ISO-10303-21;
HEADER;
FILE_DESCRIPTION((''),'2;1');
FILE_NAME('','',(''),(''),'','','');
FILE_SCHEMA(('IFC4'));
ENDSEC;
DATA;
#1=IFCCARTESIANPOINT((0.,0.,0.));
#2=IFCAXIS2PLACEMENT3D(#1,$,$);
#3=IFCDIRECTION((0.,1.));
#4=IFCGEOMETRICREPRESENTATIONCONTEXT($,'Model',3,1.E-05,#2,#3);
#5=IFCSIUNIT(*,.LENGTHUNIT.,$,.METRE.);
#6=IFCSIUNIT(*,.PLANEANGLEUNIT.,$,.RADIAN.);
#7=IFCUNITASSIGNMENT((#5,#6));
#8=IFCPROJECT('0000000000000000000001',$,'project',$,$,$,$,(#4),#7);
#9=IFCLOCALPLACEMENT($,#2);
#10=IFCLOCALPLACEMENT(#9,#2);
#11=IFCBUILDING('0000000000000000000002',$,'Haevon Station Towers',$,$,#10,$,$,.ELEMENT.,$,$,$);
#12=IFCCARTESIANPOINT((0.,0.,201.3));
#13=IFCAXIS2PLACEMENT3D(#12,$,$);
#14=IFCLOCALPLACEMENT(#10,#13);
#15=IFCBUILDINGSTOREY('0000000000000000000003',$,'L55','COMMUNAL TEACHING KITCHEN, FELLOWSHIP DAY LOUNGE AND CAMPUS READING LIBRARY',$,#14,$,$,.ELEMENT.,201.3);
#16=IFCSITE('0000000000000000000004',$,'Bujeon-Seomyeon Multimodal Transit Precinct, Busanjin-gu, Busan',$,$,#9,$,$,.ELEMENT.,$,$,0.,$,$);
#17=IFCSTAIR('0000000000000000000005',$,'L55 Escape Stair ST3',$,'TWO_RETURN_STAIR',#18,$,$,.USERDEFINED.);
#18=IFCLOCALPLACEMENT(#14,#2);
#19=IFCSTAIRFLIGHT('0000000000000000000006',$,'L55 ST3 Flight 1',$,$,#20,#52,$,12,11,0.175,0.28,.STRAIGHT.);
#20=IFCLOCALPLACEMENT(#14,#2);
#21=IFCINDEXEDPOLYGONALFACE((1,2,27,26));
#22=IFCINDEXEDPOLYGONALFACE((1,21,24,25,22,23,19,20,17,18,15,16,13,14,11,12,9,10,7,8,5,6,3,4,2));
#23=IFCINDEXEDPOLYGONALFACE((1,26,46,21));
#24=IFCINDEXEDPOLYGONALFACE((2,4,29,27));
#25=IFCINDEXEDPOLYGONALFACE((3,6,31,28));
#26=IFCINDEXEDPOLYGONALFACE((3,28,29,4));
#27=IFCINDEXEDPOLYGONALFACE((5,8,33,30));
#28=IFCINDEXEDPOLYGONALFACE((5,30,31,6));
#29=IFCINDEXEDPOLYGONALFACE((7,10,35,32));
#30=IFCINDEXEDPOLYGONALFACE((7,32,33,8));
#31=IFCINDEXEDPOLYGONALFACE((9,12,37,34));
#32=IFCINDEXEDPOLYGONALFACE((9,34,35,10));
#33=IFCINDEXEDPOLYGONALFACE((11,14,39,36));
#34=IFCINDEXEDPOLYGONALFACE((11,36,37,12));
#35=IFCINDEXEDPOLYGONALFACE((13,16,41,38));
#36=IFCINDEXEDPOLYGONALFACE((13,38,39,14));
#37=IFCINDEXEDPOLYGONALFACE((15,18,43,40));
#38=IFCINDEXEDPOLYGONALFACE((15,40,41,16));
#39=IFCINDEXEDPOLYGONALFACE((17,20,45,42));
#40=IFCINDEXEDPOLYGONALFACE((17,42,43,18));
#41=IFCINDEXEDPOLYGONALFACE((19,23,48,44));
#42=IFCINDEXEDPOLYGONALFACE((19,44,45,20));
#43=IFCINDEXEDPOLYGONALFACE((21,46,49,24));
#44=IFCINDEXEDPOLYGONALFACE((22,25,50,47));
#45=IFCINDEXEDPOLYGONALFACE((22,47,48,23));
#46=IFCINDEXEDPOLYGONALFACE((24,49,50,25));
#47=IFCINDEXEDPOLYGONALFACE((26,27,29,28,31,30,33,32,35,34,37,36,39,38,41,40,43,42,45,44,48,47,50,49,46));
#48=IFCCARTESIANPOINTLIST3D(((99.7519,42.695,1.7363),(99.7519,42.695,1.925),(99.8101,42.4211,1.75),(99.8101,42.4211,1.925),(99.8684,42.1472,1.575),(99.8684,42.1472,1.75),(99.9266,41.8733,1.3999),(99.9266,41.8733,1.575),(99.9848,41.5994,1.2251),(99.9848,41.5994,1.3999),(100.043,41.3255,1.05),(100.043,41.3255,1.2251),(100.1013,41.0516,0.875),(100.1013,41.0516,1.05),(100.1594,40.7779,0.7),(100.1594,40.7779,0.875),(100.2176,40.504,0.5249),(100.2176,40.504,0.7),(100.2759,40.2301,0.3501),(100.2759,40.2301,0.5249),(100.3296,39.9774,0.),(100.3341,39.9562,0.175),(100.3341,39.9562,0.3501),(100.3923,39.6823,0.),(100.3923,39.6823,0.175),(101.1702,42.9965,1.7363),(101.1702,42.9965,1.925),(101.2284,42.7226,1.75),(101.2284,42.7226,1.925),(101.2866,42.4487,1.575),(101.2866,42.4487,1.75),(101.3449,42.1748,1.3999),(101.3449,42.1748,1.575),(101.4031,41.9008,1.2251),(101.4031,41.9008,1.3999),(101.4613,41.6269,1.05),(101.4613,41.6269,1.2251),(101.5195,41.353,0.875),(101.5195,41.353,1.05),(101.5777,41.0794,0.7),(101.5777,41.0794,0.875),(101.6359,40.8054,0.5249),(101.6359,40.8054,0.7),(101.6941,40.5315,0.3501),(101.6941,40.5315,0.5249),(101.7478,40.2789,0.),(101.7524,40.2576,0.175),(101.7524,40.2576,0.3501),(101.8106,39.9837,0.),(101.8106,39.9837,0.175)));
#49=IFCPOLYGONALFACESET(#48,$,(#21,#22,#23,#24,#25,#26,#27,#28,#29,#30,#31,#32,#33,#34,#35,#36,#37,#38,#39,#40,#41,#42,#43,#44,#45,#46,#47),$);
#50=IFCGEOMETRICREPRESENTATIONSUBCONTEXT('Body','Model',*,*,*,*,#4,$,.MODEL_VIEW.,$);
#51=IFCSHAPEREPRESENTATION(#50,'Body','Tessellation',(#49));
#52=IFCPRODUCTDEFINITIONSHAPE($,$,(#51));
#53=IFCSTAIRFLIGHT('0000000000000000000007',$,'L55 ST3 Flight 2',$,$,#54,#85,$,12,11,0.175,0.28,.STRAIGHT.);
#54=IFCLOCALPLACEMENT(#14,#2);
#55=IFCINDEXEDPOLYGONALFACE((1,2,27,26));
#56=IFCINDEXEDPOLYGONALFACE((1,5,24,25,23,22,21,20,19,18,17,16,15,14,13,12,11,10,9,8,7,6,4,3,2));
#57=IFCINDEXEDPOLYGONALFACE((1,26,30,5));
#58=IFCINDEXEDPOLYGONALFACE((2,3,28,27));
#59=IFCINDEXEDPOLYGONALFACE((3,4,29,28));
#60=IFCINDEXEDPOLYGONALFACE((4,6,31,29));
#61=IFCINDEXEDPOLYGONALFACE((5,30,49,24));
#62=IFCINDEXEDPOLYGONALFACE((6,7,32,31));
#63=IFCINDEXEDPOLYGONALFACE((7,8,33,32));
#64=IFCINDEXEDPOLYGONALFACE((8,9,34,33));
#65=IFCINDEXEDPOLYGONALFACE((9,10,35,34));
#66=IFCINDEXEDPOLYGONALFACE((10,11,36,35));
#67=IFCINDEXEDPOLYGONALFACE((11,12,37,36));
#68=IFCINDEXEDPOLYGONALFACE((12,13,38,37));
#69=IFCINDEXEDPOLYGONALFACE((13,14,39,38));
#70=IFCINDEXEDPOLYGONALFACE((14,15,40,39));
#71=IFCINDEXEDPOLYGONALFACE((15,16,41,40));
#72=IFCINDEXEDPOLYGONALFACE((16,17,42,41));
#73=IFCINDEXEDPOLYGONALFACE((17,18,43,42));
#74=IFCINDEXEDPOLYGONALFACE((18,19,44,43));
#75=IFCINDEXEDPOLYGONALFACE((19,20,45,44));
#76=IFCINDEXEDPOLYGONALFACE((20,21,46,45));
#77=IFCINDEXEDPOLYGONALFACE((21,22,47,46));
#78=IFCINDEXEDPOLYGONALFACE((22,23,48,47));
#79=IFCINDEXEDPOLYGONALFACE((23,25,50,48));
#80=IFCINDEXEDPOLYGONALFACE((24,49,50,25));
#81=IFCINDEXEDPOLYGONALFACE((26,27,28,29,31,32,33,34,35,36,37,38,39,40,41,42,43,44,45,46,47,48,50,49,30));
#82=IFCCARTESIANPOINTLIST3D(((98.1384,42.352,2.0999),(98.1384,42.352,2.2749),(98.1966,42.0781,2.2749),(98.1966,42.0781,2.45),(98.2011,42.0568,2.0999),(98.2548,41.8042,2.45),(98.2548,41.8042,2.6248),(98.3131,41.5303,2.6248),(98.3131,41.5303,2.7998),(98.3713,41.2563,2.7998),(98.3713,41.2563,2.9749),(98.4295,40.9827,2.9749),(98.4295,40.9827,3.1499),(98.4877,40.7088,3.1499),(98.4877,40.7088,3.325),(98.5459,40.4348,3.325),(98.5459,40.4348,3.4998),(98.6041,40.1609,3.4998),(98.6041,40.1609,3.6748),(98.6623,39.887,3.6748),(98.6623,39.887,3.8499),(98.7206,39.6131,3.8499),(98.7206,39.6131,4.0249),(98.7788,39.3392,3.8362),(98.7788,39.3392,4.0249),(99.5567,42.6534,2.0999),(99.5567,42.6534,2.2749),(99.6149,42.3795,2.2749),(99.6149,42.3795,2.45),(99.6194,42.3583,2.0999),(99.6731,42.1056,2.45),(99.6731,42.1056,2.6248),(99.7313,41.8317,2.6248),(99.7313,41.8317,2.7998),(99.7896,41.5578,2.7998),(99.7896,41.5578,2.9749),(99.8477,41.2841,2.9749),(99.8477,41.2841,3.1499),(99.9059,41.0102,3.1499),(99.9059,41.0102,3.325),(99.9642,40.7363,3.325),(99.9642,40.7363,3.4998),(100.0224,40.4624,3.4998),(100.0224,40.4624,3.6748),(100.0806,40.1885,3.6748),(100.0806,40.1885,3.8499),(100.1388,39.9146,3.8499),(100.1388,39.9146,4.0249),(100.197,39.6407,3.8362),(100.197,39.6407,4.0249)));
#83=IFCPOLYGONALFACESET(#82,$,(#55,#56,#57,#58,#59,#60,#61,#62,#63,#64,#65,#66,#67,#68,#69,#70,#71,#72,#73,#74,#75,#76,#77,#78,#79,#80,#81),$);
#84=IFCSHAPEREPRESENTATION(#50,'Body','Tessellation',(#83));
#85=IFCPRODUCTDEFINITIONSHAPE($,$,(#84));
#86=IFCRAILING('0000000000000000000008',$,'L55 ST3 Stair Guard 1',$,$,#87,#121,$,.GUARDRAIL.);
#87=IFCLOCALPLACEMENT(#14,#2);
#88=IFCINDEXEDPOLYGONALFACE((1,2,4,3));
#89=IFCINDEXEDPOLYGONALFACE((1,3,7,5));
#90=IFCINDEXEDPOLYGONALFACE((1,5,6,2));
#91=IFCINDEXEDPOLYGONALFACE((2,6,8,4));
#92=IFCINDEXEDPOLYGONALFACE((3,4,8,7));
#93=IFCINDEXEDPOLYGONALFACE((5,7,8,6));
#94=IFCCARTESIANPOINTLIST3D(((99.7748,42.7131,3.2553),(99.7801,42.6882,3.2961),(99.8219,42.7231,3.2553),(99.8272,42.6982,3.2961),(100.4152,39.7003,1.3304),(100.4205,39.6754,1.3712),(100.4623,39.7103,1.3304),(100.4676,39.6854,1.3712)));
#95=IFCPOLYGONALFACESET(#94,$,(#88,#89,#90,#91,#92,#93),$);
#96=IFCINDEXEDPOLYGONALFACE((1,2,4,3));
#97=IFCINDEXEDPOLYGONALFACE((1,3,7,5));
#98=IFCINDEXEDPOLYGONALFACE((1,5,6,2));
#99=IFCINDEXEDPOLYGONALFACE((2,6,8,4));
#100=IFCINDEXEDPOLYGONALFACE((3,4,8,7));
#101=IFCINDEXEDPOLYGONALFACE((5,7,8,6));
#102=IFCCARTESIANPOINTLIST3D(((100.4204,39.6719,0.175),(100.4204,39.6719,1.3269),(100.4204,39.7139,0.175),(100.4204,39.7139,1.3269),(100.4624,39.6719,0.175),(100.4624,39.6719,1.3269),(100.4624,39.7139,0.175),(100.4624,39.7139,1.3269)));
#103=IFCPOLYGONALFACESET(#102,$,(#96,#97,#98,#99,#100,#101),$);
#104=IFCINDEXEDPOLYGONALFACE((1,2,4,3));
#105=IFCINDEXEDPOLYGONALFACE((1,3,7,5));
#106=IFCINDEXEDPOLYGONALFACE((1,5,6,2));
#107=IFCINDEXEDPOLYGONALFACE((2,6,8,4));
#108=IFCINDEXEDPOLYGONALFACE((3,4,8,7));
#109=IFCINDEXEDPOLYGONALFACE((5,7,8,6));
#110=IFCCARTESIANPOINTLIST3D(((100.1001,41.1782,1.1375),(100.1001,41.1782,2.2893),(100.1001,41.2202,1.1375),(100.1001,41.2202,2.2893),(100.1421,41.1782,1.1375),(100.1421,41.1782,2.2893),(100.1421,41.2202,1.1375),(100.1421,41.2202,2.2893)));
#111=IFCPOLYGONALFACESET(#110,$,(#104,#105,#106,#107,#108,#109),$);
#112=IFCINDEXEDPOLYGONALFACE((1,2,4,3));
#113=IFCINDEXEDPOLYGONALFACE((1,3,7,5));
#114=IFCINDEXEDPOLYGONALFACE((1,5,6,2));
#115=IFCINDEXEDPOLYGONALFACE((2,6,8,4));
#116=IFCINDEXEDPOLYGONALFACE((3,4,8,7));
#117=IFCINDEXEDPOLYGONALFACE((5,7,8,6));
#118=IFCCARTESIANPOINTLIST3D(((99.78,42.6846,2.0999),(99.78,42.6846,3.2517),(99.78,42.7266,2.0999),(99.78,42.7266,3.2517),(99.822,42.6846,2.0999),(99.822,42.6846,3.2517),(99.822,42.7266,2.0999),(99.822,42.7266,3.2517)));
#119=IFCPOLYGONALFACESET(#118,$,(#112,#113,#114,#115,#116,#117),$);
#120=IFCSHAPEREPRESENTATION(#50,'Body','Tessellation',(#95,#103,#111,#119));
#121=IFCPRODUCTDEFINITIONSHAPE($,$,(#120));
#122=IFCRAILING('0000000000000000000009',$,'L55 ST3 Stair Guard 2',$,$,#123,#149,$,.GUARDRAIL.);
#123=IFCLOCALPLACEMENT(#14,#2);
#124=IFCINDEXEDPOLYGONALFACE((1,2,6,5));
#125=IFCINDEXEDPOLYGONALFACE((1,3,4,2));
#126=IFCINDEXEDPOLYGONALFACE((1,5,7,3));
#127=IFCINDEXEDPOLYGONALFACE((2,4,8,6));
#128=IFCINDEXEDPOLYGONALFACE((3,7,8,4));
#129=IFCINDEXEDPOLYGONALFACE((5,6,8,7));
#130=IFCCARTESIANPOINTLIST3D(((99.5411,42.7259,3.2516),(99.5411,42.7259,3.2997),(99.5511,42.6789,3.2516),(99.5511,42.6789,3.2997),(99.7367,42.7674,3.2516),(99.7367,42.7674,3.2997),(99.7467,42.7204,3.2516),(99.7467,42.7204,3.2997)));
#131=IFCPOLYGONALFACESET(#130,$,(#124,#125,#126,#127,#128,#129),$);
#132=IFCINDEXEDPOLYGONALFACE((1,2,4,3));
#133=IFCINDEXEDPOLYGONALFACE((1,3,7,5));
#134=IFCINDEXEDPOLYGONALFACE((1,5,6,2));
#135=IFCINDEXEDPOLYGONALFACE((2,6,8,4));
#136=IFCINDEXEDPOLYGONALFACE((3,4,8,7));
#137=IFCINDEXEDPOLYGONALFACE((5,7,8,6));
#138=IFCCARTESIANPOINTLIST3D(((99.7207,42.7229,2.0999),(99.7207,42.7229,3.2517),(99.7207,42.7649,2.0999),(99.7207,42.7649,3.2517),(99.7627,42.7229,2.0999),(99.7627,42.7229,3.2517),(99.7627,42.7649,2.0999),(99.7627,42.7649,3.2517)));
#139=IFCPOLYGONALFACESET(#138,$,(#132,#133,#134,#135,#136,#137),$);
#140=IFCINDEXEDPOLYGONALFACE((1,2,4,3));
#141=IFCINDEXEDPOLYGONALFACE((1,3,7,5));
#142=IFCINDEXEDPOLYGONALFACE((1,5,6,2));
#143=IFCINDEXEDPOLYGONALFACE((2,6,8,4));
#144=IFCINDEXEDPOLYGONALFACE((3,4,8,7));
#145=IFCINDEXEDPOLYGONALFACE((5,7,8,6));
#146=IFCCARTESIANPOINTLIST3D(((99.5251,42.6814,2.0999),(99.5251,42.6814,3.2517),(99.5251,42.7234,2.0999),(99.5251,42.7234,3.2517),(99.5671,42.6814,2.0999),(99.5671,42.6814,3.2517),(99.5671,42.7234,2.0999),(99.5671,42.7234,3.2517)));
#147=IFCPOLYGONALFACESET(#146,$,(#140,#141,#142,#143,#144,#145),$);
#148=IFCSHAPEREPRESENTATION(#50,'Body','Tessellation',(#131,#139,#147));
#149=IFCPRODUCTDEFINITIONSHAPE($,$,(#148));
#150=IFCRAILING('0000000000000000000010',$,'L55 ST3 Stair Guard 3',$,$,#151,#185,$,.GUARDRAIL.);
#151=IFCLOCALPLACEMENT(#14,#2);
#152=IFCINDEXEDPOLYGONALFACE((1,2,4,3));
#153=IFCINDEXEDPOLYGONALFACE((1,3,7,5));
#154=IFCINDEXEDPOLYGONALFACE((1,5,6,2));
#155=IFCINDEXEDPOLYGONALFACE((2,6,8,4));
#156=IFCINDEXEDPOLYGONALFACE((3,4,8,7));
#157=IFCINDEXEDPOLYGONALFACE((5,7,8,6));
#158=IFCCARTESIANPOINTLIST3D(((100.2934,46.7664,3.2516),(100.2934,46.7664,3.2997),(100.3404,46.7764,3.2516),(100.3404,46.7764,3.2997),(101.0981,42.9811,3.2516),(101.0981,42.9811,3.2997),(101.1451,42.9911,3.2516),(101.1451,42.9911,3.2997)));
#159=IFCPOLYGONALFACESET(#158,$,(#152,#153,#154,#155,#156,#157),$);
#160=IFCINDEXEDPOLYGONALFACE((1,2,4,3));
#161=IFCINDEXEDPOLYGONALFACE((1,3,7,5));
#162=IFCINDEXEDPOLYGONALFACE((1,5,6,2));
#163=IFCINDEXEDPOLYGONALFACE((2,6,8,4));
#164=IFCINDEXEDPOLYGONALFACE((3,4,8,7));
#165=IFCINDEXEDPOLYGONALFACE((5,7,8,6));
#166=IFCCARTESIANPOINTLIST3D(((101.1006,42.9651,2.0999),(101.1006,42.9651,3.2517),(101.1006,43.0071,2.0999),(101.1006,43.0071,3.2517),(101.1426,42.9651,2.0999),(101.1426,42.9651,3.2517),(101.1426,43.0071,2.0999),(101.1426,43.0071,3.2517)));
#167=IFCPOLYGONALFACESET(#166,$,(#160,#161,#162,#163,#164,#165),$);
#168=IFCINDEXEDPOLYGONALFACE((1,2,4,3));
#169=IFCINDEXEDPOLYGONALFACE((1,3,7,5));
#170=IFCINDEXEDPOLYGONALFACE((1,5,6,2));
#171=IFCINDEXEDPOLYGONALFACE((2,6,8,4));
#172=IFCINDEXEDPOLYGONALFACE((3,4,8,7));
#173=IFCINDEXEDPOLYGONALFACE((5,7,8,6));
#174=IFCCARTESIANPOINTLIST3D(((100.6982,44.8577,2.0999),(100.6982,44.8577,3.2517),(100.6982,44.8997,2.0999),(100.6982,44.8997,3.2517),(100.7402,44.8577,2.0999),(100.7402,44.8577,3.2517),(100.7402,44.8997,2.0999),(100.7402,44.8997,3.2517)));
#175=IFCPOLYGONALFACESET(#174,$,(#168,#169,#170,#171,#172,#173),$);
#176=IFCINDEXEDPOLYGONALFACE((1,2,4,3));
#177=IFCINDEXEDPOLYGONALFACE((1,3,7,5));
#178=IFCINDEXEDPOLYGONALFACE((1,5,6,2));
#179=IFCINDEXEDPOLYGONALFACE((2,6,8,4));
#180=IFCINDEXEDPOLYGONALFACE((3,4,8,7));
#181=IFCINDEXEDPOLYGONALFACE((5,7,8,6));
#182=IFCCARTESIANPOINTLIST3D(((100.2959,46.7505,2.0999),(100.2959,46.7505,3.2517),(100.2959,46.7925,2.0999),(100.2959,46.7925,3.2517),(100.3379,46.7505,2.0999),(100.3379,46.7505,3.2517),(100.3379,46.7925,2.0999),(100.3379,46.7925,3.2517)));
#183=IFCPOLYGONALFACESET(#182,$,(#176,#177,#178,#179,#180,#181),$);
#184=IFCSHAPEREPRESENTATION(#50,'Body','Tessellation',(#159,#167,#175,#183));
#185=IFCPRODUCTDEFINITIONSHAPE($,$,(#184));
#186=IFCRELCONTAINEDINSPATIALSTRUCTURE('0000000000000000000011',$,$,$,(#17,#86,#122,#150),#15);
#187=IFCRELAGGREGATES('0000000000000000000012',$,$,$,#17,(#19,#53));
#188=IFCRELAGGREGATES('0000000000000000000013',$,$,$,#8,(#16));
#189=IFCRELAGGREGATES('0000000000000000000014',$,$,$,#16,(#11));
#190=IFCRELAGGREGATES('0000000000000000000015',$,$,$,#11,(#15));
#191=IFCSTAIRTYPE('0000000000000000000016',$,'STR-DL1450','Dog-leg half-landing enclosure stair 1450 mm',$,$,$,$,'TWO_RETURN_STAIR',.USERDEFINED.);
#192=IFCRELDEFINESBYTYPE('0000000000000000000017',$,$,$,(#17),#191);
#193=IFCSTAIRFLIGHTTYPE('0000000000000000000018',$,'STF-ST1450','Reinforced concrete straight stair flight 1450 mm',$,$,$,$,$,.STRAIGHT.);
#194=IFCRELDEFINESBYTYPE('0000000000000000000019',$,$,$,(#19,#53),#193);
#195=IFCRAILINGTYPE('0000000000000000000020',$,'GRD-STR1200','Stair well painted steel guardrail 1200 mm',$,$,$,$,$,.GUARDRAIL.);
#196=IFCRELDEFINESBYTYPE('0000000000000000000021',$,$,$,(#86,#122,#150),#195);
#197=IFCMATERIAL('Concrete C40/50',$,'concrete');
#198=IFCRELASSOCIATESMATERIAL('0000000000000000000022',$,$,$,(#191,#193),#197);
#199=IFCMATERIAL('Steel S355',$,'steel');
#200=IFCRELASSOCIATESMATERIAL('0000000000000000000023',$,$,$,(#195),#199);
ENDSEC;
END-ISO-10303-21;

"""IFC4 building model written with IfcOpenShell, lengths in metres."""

from ifc_helpers import new_model, si_unit, direction, frame, origin, origin_2d, place, context, subcontext, project, spatial, polyline, rectangle, outline, extrude, material, type_object, element, aggregate, save


model = new_model("IFC4")

# Units and contexts
model_context = context("Model", 3, precision=1e-05, world=origin(), true_north=direction((0.0, 1.0)))
body_context = subcontext(model_context, "Body", "Model", "MODEL_VIEW")
ifc_project = project(units=[si_unit("LENGTHUNIT", "METRE"), si_unit("PLANEANGLEUNIT", "RADIAN")], contexts=[model_context])

# Site, building, storey
site_placement = place(None, origin())
site = spatial("IfcSite", under=ifc_project, at=site_placement, Name="Bujeon-Seomyeon Multimodal Transit Precinct, Busanjin-gu, Busan", CompositionType="ELEMENT", RefElevation=0.0)
building_placement = place(site_placement, origin())
building = spatial("IfcBuilding", under=site, at=building_placement, Name="Haevon Station Towers", CompositionType="ELEMENT")
storey_placement = place(building_placement, frame((0.0, 0.0, 201.3)))
storey = spatial("IfcBuildingStorey", under=building, at=storey_placement, Name="L55", Description="COMMUNAL TEACHING KITCHEN, FELLOWSHIP DAY LOUNGE AND CAMPUS READING LIBRARY", CompositionType="ELEMENT", Elevation=201.3)

# Shared definitions
ifc_material_1 = material(Name="Steel S355", Category="steel")

# Shared definitions
ifc_material_2 = material(Name="Concrete C40/50", Category="concrete")

# Stair, stair flights
stair_type = type_object("IfcStairType", Name="STR-DL1450", Description="Dog-leg half-landing enclosure stair 1450 mm", ElementType="TWO_RETURN_STAIR", PredefinedType="USERDEFINED", material=ifc_material_2)
stair_placement = place(storey_placement, origin())
stair = element("IfcStair", 1, at=stair_placement, inside=storey, type_object=stair_type, Name="L55 Escape Stair ST3", ObjectType="TWO_RETURN_STAIR", PredefinedType="USERDEFINED")
stair_flight_type = type_object("IfcStairFlightType", Name="STF-ST1450", Description="Reinforced concrete straight stair flight 1450 mm", PredefinedType="STRAIGHT", material=ifc_material_2)
stair_flight_1_placement = place(storey_placement, frame((101.1016, 39.833, 0.0), z_axis=(0.0, 0.0, 1.0), x_axis=(-0.207912, 0.978148, 0.0)))
stair_flight_1 = element("IfcStairFlight", 2, at=stair_flight_1_placement, type_object=stair_flight_type, Name="L55 ST3 Flight 1", NumberOfRisers=12, NumberOfTreads=11, PredefinedType="STRAIGHT", RiserHeight=0.175, TreadLength=0.28, context=body_context, shape_type="SweptSolid", body=[
    extrude(outline(polyline([(0.0, 0.0), (0.0, 0.175), (0.28, 0.175), (0.28, 0.3501), (0.5601, 0.3501), (0.5601, 0.5249), (0.8401, 0.5249), (0.8401, 0.7), (1.1201, 0.7), (1.1201, 0.875), (1.3999, 0.875), (1.3999, 1.05), (1.6799, 1.05), (1.6799, 1.2251), (1.96, 1.2251), (1.96, 1.3999), (2.24, 1.3999), (2.24, 1.575), (2.52, 1.575), (2.52, 1.75), (2.8, 1.75), (2.8, 1.925), (3.0801, 1.925), (3.0801, 2.1001), (3.0801, 1.7363), (0.3018, 0.0), (0.0, 0.0)])), frame((0.0, 0.7251, 0.0), z_axis=(0.0, -1.0, 0.0), x_axis=(1.0, 0.0, 0.0)), (0.0, 0.0, 1.0), 1.45),
])
stair_flight_2_placement = place(storey_placement, frame((98.8474, 42.5027, 2.0999), z_axis=(0.0, 0.0, 1.0), x_axis=(0.207912, -0.978148, 0.0)))
stair_flight_2 = element("IfcStairFlight", 3, at=stair_flight_2_placement, type_object=stair_flight_type, Name="L55 ST3 Flight 2", NumberOfRisers=12, NumberOfTreads=11, PredefinedType="STRAIGHT", RiserHeight=0.175, TreadLength=0.28, context=body_context, shape_type="SweptSolid", body=[
    extrude(outline(polyline([(0.0, 0.0), (0.0, 0.175), (0.28, 0.175), (0.28, 0.3501), (0.5601, 0.3501), (0.5601, 0.5249), (0.8401, 0.5249), (0.8401, 0.7), (1.1201, 0.7), (1.1201, 0.875), (1.3999, 0.875), (1.3999, 1.05), (1.6799, 1.05), (1.6799, 1.2251), (1.96, 1.2251), (1.96, 1.3999), (2.24, 1.3999), (2.24, 1.575), (2.52, 1.575), (2.52, 1.75), (2.8, 1.75), (2.8, 1.925), (3.0801, 1.925), (3.0801, 2.1001), (3.0801, 1.7363), (0.3018, 0.0), (0.0, 0.0)])), frame((0.0, 0.7251, 0.0), z_axis=(0.0, -1.0, 0.0), x_axis=(1.0, 0.0, 0.0)), (0.0, 0.0, 1.0), 1.45),
])
aggregate(stair, [stair_flight_1, stair_flight_2])

# Railings
railing_type_1 = type_object("IfcRailingType", Name="GRD-STR1200", Description="Stair well painted steel guardrail 1200 mm", PredefinedType="GUARDRAIL", material=ifc_material_1)
railing_1_placement = place(storey_placement, frame((100.4414, 39.6929, 0.175)))
element("IfcRailing", 4, at=railing_1_placement, inside=storey, type_object=railing_type_1, Name="L55 ST3 Stair Guard 1", PredefinedType="GUARDRAIL", context=body_context, shape_type="SweptSolid", body=[
    extrude(rectangle(XDim=0.0481, YDim=0.0481, at=origin_2d()), frame((0.0, 0.0, 1.1758), z_axis=(-0.176317, 0.829491, 0.52996), x_axis=(-0.978147, -0.207916, 0.0)), (0.0, 0.0, 1.0), 3.6321),
    extrude(rectangle(XDim=0.042, YDim=0.042, at=origin_2d()), origin(), (0.0, 0.0, 1.0), 1.1519),
    extrude(rectangle(XDim=0.042, YDim=0.042, at=origin_2d()), frame((-0.3203, 1.5063, 0.9624)), (0.0, 0.0, 1.0), 1.1519),
    extrude(rectangle(XDim=0.042, YDim=0.042, at=origin_2d()), frame((-0.6404, 3.0127, 1.9248)), (0.0, 0.0, 1.0), 1.1519),
])
railing_2_placement = place(storey_placement, frame((99.7417, 42.7439, 2.0999)))
element("IfcRailing", 5, at=railing_2_placement, inside=storey, type_object=railing_type_1, Name="L55 ST3 Stair Guard 2", PredefinedType="GUARDRAIL", context=body_context, shape_type="SweptSolid", body=[
    extrude(rectangle(XDim=0.0481, YDim=0.0481, at=origin_2d()), frame((0.0, 0.0, 1.1758), z_axis=(-0.978212, -0.20761, 0.0), x_axis=(0.20761, -0.978212, 0.0)), (0.0, 0.0, 1.0), 0.2),
    extrude(rectangle(XDim=0.042, YDim=0.042, at=origin_2d()), origin(), (0.0, 0.0, 1.0), 1.1519),
    extrude(rectangle(XDim=0.042, YDim=0.042, at=origin_2d()), frame((-0.1956, -0.0415, 0.0)), (0.0, 0.0, 1.0), 1.1519),
])
railing_3_placement = place(storey_placement, frame((101.1216, 42.9861, 2.0999)))
element("IfcRailing", 6, at=railing_3_placement, inside=storey, type_object=railing_type_1, Name="L55 ST3 Stair Guard 3", PredefinedType="GUARDRAIL", context=body_context, shape_type="SweptSolid", body=[
    extrude(rectangle(XDim=0.0481, YDim=0.0481, at=origin_2d()), frame((0.0, 0.0, 1.1758), z_axis=(-0.20793, 0.978144, 0.0), x_axis=(-0.978144, -0.20793, 0.0)), (0.0, 0.0, 1.0), 3.8699),
    extrude(rectangle(XDim=0.042, YDim=0.042, at=origin_2d()), origin(), (0.0, 0.0, 1.0), 1.1519),
    extrude(rectangle(XDim=0.042, YDim=0.042, at=origin_2d()), frame((-0.4023, 1.8926, 0.0)), (0.0, 0.0, 1.0), 1.1519),
    extrude(rectangle(XDim=0.042, YDim=0.042, at=origin_2d()), frame((-0.8047, 3.7854, 0.0)), (0.0, 0.0, 1.0), 1.1519),
])

save(model, "model.ifc")
